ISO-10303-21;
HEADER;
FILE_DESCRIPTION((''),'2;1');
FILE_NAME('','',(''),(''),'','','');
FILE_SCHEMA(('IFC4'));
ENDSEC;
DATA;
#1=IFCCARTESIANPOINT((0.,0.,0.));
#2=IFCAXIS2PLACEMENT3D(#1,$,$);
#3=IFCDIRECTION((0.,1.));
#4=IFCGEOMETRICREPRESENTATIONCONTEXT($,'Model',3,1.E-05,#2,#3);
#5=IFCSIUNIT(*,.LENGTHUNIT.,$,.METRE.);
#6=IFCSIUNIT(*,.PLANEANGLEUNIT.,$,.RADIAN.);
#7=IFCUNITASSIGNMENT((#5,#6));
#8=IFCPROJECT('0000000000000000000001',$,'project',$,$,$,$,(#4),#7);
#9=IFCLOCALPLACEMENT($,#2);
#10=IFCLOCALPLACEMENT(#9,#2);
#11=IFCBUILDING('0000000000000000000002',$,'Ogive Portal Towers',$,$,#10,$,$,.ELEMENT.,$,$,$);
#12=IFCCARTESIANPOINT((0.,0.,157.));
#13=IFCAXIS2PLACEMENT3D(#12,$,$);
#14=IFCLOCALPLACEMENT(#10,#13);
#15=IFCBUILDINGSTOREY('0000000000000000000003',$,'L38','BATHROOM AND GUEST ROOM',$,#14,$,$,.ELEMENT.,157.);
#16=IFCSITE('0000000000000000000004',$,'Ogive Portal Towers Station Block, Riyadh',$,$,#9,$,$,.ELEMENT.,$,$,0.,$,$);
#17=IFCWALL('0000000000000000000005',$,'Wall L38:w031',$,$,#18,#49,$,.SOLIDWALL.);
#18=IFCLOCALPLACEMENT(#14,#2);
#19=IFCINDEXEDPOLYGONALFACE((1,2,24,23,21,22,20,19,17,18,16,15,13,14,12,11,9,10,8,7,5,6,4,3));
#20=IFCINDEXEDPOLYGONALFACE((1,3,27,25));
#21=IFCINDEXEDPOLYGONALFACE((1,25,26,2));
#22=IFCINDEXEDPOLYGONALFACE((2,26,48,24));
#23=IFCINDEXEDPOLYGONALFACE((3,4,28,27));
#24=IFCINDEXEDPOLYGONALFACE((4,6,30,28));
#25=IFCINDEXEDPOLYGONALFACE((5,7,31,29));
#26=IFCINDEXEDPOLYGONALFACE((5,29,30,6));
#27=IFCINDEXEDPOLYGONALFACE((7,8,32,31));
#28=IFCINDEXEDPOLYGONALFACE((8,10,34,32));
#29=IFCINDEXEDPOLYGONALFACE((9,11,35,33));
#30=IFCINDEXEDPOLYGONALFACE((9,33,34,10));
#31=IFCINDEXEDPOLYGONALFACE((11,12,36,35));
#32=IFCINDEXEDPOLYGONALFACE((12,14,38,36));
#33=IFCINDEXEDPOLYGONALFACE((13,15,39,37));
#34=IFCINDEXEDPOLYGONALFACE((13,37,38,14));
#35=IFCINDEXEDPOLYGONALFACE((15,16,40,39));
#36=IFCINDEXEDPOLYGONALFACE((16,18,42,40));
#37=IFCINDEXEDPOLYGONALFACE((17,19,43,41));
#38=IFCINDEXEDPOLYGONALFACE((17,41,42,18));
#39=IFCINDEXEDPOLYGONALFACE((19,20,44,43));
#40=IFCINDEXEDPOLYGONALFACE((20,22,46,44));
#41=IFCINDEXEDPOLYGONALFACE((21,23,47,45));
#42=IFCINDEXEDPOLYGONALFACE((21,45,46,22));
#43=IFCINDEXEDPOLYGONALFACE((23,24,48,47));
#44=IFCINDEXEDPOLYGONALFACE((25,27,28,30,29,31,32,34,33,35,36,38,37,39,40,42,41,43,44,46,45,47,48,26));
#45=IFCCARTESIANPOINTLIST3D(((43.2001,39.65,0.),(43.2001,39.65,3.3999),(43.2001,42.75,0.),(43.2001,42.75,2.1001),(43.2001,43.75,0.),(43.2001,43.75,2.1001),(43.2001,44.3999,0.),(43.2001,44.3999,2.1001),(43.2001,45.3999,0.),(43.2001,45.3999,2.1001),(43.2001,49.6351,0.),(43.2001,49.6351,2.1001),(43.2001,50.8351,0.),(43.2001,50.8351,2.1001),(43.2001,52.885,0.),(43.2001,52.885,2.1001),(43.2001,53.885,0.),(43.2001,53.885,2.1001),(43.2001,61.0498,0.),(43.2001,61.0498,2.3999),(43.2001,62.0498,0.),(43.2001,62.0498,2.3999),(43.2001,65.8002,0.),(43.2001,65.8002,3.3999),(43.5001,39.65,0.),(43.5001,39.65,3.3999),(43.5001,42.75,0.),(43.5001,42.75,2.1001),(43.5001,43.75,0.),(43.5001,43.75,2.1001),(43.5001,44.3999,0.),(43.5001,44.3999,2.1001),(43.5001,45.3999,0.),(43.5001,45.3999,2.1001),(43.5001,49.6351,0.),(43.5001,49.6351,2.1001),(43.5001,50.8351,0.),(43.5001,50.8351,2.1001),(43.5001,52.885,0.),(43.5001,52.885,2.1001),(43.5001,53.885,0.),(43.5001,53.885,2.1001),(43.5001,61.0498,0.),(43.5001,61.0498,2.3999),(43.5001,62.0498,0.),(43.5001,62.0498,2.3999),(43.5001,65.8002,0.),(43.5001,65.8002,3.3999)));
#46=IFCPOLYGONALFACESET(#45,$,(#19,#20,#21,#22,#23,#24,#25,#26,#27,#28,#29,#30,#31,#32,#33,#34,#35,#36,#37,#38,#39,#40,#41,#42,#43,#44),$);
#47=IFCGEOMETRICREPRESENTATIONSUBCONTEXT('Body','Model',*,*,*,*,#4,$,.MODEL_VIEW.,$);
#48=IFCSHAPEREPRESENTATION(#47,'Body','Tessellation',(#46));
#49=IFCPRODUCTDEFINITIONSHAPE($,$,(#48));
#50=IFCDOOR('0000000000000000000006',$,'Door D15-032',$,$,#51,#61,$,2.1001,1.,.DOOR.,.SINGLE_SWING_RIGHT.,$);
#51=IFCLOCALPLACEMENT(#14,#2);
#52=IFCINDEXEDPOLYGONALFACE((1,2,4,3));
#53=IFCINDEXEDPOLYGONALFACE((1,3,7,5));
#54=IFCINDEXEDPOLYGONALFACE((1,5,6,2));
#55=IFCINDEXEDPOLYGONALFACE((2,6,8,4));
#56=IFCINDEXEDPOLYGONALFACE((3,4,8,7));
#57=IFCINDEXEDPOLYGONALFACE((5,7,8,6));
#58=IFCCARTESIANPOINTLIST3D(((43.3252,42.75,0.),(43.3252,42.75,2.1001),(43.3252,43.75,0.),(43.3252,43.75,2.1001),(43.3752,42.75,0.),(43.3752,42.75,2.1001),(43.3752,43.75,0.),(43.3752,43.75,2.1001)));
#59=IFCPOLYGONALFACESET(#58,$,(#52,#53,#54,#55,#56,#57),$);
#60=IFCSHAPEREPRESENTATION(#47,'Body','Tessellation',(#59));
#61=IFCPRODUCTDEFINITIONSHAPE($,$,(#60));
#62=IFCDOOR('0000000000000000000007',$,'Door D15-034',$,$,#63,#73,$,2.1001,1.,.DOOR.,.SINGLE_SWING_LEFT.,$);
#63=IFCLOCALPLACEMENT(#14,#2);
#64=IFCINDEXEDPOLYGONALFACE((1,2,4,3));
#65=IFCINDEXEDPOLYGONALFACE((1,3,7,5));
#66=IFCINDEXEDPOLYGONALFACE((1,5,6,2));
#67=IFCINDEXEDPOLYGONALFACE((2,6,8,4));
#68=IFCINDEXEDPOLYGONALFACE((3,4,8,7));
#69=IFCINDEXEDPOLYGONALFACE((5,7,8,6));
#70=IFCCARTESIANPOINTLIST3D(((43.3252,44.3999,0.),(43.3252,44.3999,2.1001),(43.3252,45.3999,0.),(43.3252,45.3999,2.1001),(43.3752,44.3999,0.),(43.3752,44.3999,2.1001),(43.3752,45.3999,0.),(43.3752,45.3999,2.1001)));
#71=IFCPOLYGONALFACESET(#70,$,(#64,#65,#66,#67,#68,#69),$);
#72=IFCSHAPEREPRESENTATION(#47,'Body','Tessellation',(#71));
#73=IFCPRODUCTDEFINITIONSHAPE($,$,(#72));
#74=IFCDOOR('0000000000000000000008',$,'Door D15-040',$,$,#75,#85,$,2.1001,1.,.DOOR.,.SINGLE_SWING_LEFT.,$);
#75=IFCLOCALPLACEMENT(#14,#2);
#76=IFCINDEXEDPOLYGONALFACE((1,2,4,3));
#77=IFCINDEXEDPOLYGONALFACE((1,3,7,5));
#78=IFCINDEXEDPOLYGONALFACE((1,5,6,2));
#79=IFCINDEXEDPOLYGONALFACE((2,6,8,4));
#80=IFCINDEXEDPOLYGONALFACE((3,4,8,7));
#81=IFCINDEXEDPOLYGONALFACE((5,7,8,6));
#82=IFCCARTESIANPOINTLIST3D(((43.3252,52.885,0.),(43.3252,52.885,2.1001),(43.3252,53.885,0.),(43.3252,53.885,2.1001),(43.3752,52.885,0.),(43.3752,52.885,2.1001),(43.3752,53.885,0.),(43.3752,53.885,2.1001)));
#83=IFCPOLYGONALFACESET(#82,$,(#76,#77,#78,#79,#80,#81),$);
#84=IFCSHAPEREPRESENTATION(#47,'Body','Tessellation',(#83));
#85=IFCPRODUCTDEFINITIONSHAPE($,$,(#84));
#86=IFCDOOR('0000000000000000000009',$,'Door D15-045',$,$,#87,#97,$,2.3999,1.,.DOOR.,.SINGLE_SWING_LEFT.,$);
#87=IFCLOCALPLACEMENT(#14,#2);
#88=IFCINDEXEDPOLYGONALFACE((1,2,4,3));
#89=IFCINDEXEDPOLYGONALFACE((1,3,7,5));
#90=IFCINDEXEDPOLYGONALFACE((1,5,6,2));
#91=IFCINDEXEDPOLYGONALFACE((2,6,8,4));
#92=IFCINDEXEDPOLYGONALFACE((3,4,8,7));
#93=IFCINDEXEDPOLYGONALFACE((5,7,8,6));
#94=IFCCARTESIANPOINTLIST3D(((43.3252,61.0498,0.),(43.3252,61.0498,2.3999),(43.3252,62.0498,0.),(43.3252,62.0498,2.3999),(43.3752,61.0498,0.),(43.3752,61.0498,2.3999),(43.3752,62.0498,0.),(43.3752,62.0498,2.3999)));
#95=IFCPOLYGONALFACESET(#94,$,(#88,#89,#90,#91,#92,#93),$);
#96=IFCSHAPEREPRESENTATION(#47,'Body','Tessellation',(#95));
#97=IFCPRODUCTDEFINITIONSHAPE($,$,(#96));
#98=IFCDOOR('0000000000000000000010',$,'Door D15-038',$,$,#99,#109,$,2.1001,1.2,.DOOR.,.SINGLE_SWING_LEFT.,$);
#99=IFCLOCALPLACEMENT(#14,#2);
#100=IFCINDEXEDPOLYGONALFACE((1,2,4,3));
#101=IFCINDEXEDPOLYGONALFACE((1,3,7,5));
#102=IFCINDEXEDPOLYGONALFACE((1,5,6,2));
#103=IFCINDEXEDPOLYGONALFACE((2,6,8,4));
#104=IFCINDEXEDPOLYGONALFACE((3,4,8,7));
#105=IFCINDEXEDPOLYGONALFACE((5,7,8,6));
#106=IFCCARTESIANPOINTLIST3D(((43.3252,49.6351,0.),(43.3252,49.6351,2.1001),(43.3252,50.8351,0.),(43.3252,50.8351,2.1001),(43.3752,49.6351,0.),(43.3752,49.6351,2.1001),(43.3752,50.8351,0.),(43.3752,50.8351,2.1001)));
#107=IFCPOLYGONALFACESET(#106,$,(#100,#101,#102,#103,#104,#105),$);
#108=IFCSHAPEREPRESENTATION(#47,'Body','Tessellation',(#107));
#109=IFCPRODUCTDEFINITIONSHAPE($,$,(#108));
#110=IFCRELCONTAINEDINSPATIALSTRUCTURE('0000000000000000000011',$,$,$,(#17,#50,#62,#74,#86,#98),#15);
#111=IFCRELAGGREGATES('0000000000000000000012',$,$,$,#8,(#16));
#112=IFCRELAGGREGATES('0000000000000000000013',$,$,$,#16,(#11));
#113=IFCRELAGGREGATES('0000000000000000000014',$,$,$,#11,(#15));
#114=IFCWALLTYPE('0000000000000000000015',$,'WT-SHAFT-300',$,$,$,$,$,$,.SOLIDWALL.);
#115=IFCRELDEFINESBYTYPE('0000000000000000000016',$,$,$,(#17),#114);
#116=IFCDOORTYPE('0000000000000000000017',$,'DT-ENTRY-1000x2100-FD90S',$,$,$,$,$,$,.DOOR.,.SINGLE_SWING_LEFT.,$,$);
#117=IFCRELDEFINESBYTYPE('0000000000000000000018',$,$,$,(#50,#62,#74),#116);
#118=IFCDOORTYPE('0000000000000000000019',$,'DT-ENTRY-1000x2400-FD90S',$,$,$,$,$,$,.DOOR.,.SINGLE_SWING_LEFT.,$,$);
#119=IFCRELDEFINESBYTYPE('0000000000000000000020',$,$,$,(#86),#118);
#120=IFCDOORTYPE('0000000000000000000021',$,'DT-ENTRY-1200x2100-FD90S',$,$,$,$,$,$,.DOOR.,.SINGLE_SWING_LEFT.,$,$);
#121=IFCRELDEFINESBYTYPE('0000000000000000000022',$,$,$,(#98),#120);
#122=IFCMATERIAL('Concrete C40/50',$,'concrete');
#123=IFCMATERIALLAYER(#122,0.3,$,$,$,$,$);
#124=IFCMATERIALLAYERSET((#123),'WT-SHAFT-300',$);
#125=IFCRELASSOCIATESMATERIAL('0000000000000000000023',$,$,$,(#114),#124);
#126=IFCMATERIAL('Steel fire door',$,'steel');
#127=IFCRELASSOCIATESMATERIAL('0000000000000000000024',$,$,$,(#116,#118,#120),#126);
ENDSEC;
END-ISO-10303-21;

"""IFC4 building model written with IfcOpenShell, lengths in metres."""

from ifc_helpers import new_model, si_unit, direction, frame, frame_2d, origin, place, context, subcontext, project, spatial, rectangle, extrude, material, layer, layer_set, type_object, element, fill, save


model = new_model("IFC4")

# Units and contexts
model_context = context("Model", 3, precision=1e-05, world=origin(), true_north=direction((0.0, 1.0)))
body_context = subcontext(model_context, "Body", "Model", "MODEL_VIEW")
ifc_project = project(units=[si_unit("LENGTHUNIT", "METRE"), si_unit("PLANEANGLEUNIT", "RADIAN")], contexts=[model_context])

# Site, building, storey
site_placement = place(None, origin())
site = spatial("IfcSite", under=ifc_project, at=site_placement, Name="Ogive Portal Towers Station Block, Riyadh", CompositionType="ELEMENT", RefElevation=0.0)
building_placement = place(site_placement, origin())
building = spatial("IfcBuilding", under=site, at=building_placement, Name="Ogive Portal Towers", CompositionType="ELEMENT")
storey_placement = place(building_placement, frame((0.0, 0.0, 157.0)))
storey = spatial("IfcBuildingStorey", under=building, at=storey_placement, Name="L38", Description="BATHROOM AND GUEST ROOM", CompositionType="ELEMENT", Elevation=157.0)

# Shared definitions
ifc_material_1 = material(Name="Steel fire door", Category="steel")

# Wall, openings, doors
ifc_material_2 = material(Name="Concrete C40/50", Category="concrete")
ifc_layer_1 = layer(ifc_material_2, 0.3)
ifc_layer_set_1 = layer_set([ifc_layer_1], Name="WT-SHAFT-300")
wall_type_1 = type_object("IfcWallType", Name="WT-SHAFT-300", PredefinedType="SOLIDWALL", material=ifc_layer_set_1)
wall_1_placement = place(storey_placement, frame((43.3501, 39.6499, 0.0), z_axis=(0.0, 0.0, 1.0), x_axis=(0.0, 1.0, 0.0)))
wall_1 = element("IfcWall", 1, at=wall_1_placement, inside=storey, type_object=wall_type_1, Name="Wall L38:w031", PredefinedType="SOLIDWALL", context=body_context, shape_type="SweptSolid", body=[
    extrude(rectangle(XDim=26.1501, YDim=0.3, at=frame_2d((13.0752, 0.0))), origin(), (0.0, 0.0, 1.0), 3.3999),
])
opening_1_placement = place(wall_1_placement, frame((3.1001, 0.0, 0.0)))
opening_1 = element("IfcOpeningElement", 2, at=opening_1_placement, cuts=wall_1, PredefinedType="OPENING", context=body_context, shape_type="SweptSolid", body=[
    extrude(rectangle(XDim=1.0, YDim=2.1001, at=frame_2d((0.5, 1.05))), frame((0.0, 0.1602, 0.0), z_axis=(0.0, -1.0, 0.0), x_axis=(1.0, 0.0, 0.0)), (0.0, 0.0, 1.0), 0.3201),
])
opening_2_placement = place(wall_1_placement, frame((4.75, 0.0, 0.0)))
opening_2 = element("IfcOpeningElement", 3, at=opening_2_placement, cuts=wall_1, PredefinedType="OPENING", context=body_context, shape_type="SweptSolid", body=[
    extrude(rectangle(XDim=1.0, YDim=2.1001, at=frame_2d((0.5, 1.05))), frame((0.0, 0.1602, 0.0), z_axis=(0.0, -1.0, 0.0), x_axis=(1.0, 0.0, 0.0)), (0.0, 0.0, 1.0), 0.3201),
])
opening_3_placement = place(wall_1_placement, frame((9.9851, 0.0, 0.0)))
opening_3 = element("IfcOpeningElement", 4, at=opening_3_placement, cuts=wall_1, PredefinedType="OPENING", context=body_context, shape_type="SweptSolid", body=[
    extrude(rectangle(XDim=1.2, YDim=2.1001, at=frame_2d((0.6001, 1.05))), frame((0.0, 0.1602, 0.0), z_axis=(0.0, -1.0, 0.0), x_axis=(1.0, 0.0, 0.0)), (0.0, 0.0, 1.0), 0.3201),
])
opening_4_placement = place(wall_1_placement, frame((13.2351, 0.0, 0.0)))
opening_4 = element("IfcOpeningElement", 5, at=opening_4_placement, cuts=wall_1, PredefinedType="OPENING", context=body_context, shape_type="SweptSolid", body=[
    extrude(rectangle(XDim=1.0, YDim=2.1001, at=frame_2d((0.5, 1.05))), frame((0.0, 0.1602, 0.0), z_axis=(0.0, -1.0, 0.0), x_axis=(1.0, 0.0, 0.0)), (0.0, 0.0, 1.0), 0.3201),
])
opening_5_placement = place(wall_1_placement, frame((21.3999, 0.0, 0.0)))
opening_5 = element("IfcOpeningElement", 6, at=opening_5_placement, cuts=wall_1, PredefinedType="OPENING", context=body_context, shape_type="SweptSolid", body=[
    extrude(rectangle(XDim=1.0, YDim=2.3999, at=frame_2d((0.5, 1.2))), frame((0.0, 0.1602, 0.0), z_axis=(0.0, -1.0, 0.0), x_axis=(1.0, 0.0, 0.0)), (0.0, 0.0, 1.0), 0.3201),
])
door_type_1 = type_object("IfcDoorType", Name="DT-ENTRY-1000x2100-FD90S", OperationType="SINGLE_SWING_LEFT", PredefinedType="DOOR", material=ifc_material_1)
door_1_placement = place(opening_1_placement, origin())
door_1 = element("IfcDoor", 7, at=door_1_placement, inside=storey, type_object=door_type_1, Name="Door D15-032", OperationType="SINGLE_SWING_RIGHT", OverallHeight=2.1001, OverallWidth=1.0, PredefinedType="DOOR", context=body_context, shape_type="SweptSolid", body=[
    extrude(rectangle(XDim=1.0, YDim=2.1001, at=frame_2d((0.5, 1.05))), frame((0.0, 0.0249, 0.0), z_axis=(0.0, -1.0, 0.0), x_axis=(1.0, 0.0, 0.0)), (0.0, 0.0, 1.0), 0.05),
])
fill(opening_1, door_1)
door_2_placement = place(opening_2_placement, origin())
door_2 = element("IfcDoor", 8, at=door_2_placement, inside=storey, type_object=door_type_1, Name="Door D15-034", OperationType="SINGLE_SWING_LEFT", OverallHeight=2.1001, OverallWidth=1.0, PredefinedType="DOOR", context=body_context, shape_type="SweptSolid", body=[
    extrude(rectangle(XDim=1.0, YDim=2.1001, at=frame_2d((0.5, 1.05))), frame((0.0, 0.0249, 0.0), z_axis=(0.0, -1.0, 0.0), x_axis=(1.0, 0.0, 0.0)), (0.0, 0.0, 1.0), 0.05),
])
fill(opening_2, door_2)
door_3_placement = place(opening_4_placement, origin())
door_3 = element("IfcDoor", 9, at=door_3_placement, inside=storey, type_object=door_type_1, Name="Door D15-040", OperationType="SINGLE_SWING_LEFT", OverallHeight=2.1001, OverallWidth=1.0, PredefinedType="DOOR", context=body_context, shape_type="SweptSolid", body=[
    extrude(rectangle(XDim=1.0, YDim=2.1001, at=frame_2d((0.5, 1.05))), frame((0.0, 0.0249, 0.0), z_axis=(0.0, -1.0, 0.0), x_axis=(1.0, 0.0, 0.0)), (0.0, 0.0, 1.0), 0.05),
])
fill(opening_4, door_3)
door_type_2 = type_object("IfcDoorType", Name="DT-ENTRY-1000x2400-FD90S", OperationType="SINGLE_SWING_LEFT", PredefinedType="DOOR", material=ifc_material_1)
door_4_placement = place(opening_5_placement, origin())
door_4 = element("IfcDoor", 10, at=door_4_placement, inside=storey, type_object=door_type_2, Name="Door D15-045", OperationType="SINGLE_SWING_LEFT", OverallHeight=2.3999, OverallWidth=1.0, PredefinedType="DOOR", context=body_context, shape_type="SweptSolid", body=[
    extrude(rectangle(XDim=1.0, YDim=2.3999, at=frame_2d((0.5, 1.2))), frame((0.0, 0.0249, 0.0), z_axis=(0.0, -1.0, 0.0), x_axis=(1.0, 0.0, 0.0)), (0.0, 0.0, 1.0), 0.05),
])
fill(opening_5, door_4)
door_type_3 = type_object("IfcDoorType", Name="DT-ENTRY-1200x2100-FD90S", OperationType="SINGLE_SWING_LEFT", PredefinedType="DOOR", material=ifc_material_1)
door_5_placement = place(opening_3_placement, origin())
door_5 = element("IfcDoor", 11, at=door_5_placement, inside=storey, type_object=door_type_3, Name="Door D15-038", OperationType="SINGLE_SWING_LEFT", OverallHeight=2.1001, OverallWidth=1.2, PredefinedType="DOOR", context=body_context, shape_type="SweptSolid", body=[
    extrude(rectangle(XDim=1.2, YDim=2.1001, at=frame_2d((0.6001, 1.05))), frame((0.0, 0.0249, 0.0), z_axis=(0.0, -1.0, 0.0), x_axis=(1.0, 0.0, 0.0)), (0.0, 0.0, 1.0), 0.05),
])
fill(opening_3, door_5)

save(model, "model.ifc")
